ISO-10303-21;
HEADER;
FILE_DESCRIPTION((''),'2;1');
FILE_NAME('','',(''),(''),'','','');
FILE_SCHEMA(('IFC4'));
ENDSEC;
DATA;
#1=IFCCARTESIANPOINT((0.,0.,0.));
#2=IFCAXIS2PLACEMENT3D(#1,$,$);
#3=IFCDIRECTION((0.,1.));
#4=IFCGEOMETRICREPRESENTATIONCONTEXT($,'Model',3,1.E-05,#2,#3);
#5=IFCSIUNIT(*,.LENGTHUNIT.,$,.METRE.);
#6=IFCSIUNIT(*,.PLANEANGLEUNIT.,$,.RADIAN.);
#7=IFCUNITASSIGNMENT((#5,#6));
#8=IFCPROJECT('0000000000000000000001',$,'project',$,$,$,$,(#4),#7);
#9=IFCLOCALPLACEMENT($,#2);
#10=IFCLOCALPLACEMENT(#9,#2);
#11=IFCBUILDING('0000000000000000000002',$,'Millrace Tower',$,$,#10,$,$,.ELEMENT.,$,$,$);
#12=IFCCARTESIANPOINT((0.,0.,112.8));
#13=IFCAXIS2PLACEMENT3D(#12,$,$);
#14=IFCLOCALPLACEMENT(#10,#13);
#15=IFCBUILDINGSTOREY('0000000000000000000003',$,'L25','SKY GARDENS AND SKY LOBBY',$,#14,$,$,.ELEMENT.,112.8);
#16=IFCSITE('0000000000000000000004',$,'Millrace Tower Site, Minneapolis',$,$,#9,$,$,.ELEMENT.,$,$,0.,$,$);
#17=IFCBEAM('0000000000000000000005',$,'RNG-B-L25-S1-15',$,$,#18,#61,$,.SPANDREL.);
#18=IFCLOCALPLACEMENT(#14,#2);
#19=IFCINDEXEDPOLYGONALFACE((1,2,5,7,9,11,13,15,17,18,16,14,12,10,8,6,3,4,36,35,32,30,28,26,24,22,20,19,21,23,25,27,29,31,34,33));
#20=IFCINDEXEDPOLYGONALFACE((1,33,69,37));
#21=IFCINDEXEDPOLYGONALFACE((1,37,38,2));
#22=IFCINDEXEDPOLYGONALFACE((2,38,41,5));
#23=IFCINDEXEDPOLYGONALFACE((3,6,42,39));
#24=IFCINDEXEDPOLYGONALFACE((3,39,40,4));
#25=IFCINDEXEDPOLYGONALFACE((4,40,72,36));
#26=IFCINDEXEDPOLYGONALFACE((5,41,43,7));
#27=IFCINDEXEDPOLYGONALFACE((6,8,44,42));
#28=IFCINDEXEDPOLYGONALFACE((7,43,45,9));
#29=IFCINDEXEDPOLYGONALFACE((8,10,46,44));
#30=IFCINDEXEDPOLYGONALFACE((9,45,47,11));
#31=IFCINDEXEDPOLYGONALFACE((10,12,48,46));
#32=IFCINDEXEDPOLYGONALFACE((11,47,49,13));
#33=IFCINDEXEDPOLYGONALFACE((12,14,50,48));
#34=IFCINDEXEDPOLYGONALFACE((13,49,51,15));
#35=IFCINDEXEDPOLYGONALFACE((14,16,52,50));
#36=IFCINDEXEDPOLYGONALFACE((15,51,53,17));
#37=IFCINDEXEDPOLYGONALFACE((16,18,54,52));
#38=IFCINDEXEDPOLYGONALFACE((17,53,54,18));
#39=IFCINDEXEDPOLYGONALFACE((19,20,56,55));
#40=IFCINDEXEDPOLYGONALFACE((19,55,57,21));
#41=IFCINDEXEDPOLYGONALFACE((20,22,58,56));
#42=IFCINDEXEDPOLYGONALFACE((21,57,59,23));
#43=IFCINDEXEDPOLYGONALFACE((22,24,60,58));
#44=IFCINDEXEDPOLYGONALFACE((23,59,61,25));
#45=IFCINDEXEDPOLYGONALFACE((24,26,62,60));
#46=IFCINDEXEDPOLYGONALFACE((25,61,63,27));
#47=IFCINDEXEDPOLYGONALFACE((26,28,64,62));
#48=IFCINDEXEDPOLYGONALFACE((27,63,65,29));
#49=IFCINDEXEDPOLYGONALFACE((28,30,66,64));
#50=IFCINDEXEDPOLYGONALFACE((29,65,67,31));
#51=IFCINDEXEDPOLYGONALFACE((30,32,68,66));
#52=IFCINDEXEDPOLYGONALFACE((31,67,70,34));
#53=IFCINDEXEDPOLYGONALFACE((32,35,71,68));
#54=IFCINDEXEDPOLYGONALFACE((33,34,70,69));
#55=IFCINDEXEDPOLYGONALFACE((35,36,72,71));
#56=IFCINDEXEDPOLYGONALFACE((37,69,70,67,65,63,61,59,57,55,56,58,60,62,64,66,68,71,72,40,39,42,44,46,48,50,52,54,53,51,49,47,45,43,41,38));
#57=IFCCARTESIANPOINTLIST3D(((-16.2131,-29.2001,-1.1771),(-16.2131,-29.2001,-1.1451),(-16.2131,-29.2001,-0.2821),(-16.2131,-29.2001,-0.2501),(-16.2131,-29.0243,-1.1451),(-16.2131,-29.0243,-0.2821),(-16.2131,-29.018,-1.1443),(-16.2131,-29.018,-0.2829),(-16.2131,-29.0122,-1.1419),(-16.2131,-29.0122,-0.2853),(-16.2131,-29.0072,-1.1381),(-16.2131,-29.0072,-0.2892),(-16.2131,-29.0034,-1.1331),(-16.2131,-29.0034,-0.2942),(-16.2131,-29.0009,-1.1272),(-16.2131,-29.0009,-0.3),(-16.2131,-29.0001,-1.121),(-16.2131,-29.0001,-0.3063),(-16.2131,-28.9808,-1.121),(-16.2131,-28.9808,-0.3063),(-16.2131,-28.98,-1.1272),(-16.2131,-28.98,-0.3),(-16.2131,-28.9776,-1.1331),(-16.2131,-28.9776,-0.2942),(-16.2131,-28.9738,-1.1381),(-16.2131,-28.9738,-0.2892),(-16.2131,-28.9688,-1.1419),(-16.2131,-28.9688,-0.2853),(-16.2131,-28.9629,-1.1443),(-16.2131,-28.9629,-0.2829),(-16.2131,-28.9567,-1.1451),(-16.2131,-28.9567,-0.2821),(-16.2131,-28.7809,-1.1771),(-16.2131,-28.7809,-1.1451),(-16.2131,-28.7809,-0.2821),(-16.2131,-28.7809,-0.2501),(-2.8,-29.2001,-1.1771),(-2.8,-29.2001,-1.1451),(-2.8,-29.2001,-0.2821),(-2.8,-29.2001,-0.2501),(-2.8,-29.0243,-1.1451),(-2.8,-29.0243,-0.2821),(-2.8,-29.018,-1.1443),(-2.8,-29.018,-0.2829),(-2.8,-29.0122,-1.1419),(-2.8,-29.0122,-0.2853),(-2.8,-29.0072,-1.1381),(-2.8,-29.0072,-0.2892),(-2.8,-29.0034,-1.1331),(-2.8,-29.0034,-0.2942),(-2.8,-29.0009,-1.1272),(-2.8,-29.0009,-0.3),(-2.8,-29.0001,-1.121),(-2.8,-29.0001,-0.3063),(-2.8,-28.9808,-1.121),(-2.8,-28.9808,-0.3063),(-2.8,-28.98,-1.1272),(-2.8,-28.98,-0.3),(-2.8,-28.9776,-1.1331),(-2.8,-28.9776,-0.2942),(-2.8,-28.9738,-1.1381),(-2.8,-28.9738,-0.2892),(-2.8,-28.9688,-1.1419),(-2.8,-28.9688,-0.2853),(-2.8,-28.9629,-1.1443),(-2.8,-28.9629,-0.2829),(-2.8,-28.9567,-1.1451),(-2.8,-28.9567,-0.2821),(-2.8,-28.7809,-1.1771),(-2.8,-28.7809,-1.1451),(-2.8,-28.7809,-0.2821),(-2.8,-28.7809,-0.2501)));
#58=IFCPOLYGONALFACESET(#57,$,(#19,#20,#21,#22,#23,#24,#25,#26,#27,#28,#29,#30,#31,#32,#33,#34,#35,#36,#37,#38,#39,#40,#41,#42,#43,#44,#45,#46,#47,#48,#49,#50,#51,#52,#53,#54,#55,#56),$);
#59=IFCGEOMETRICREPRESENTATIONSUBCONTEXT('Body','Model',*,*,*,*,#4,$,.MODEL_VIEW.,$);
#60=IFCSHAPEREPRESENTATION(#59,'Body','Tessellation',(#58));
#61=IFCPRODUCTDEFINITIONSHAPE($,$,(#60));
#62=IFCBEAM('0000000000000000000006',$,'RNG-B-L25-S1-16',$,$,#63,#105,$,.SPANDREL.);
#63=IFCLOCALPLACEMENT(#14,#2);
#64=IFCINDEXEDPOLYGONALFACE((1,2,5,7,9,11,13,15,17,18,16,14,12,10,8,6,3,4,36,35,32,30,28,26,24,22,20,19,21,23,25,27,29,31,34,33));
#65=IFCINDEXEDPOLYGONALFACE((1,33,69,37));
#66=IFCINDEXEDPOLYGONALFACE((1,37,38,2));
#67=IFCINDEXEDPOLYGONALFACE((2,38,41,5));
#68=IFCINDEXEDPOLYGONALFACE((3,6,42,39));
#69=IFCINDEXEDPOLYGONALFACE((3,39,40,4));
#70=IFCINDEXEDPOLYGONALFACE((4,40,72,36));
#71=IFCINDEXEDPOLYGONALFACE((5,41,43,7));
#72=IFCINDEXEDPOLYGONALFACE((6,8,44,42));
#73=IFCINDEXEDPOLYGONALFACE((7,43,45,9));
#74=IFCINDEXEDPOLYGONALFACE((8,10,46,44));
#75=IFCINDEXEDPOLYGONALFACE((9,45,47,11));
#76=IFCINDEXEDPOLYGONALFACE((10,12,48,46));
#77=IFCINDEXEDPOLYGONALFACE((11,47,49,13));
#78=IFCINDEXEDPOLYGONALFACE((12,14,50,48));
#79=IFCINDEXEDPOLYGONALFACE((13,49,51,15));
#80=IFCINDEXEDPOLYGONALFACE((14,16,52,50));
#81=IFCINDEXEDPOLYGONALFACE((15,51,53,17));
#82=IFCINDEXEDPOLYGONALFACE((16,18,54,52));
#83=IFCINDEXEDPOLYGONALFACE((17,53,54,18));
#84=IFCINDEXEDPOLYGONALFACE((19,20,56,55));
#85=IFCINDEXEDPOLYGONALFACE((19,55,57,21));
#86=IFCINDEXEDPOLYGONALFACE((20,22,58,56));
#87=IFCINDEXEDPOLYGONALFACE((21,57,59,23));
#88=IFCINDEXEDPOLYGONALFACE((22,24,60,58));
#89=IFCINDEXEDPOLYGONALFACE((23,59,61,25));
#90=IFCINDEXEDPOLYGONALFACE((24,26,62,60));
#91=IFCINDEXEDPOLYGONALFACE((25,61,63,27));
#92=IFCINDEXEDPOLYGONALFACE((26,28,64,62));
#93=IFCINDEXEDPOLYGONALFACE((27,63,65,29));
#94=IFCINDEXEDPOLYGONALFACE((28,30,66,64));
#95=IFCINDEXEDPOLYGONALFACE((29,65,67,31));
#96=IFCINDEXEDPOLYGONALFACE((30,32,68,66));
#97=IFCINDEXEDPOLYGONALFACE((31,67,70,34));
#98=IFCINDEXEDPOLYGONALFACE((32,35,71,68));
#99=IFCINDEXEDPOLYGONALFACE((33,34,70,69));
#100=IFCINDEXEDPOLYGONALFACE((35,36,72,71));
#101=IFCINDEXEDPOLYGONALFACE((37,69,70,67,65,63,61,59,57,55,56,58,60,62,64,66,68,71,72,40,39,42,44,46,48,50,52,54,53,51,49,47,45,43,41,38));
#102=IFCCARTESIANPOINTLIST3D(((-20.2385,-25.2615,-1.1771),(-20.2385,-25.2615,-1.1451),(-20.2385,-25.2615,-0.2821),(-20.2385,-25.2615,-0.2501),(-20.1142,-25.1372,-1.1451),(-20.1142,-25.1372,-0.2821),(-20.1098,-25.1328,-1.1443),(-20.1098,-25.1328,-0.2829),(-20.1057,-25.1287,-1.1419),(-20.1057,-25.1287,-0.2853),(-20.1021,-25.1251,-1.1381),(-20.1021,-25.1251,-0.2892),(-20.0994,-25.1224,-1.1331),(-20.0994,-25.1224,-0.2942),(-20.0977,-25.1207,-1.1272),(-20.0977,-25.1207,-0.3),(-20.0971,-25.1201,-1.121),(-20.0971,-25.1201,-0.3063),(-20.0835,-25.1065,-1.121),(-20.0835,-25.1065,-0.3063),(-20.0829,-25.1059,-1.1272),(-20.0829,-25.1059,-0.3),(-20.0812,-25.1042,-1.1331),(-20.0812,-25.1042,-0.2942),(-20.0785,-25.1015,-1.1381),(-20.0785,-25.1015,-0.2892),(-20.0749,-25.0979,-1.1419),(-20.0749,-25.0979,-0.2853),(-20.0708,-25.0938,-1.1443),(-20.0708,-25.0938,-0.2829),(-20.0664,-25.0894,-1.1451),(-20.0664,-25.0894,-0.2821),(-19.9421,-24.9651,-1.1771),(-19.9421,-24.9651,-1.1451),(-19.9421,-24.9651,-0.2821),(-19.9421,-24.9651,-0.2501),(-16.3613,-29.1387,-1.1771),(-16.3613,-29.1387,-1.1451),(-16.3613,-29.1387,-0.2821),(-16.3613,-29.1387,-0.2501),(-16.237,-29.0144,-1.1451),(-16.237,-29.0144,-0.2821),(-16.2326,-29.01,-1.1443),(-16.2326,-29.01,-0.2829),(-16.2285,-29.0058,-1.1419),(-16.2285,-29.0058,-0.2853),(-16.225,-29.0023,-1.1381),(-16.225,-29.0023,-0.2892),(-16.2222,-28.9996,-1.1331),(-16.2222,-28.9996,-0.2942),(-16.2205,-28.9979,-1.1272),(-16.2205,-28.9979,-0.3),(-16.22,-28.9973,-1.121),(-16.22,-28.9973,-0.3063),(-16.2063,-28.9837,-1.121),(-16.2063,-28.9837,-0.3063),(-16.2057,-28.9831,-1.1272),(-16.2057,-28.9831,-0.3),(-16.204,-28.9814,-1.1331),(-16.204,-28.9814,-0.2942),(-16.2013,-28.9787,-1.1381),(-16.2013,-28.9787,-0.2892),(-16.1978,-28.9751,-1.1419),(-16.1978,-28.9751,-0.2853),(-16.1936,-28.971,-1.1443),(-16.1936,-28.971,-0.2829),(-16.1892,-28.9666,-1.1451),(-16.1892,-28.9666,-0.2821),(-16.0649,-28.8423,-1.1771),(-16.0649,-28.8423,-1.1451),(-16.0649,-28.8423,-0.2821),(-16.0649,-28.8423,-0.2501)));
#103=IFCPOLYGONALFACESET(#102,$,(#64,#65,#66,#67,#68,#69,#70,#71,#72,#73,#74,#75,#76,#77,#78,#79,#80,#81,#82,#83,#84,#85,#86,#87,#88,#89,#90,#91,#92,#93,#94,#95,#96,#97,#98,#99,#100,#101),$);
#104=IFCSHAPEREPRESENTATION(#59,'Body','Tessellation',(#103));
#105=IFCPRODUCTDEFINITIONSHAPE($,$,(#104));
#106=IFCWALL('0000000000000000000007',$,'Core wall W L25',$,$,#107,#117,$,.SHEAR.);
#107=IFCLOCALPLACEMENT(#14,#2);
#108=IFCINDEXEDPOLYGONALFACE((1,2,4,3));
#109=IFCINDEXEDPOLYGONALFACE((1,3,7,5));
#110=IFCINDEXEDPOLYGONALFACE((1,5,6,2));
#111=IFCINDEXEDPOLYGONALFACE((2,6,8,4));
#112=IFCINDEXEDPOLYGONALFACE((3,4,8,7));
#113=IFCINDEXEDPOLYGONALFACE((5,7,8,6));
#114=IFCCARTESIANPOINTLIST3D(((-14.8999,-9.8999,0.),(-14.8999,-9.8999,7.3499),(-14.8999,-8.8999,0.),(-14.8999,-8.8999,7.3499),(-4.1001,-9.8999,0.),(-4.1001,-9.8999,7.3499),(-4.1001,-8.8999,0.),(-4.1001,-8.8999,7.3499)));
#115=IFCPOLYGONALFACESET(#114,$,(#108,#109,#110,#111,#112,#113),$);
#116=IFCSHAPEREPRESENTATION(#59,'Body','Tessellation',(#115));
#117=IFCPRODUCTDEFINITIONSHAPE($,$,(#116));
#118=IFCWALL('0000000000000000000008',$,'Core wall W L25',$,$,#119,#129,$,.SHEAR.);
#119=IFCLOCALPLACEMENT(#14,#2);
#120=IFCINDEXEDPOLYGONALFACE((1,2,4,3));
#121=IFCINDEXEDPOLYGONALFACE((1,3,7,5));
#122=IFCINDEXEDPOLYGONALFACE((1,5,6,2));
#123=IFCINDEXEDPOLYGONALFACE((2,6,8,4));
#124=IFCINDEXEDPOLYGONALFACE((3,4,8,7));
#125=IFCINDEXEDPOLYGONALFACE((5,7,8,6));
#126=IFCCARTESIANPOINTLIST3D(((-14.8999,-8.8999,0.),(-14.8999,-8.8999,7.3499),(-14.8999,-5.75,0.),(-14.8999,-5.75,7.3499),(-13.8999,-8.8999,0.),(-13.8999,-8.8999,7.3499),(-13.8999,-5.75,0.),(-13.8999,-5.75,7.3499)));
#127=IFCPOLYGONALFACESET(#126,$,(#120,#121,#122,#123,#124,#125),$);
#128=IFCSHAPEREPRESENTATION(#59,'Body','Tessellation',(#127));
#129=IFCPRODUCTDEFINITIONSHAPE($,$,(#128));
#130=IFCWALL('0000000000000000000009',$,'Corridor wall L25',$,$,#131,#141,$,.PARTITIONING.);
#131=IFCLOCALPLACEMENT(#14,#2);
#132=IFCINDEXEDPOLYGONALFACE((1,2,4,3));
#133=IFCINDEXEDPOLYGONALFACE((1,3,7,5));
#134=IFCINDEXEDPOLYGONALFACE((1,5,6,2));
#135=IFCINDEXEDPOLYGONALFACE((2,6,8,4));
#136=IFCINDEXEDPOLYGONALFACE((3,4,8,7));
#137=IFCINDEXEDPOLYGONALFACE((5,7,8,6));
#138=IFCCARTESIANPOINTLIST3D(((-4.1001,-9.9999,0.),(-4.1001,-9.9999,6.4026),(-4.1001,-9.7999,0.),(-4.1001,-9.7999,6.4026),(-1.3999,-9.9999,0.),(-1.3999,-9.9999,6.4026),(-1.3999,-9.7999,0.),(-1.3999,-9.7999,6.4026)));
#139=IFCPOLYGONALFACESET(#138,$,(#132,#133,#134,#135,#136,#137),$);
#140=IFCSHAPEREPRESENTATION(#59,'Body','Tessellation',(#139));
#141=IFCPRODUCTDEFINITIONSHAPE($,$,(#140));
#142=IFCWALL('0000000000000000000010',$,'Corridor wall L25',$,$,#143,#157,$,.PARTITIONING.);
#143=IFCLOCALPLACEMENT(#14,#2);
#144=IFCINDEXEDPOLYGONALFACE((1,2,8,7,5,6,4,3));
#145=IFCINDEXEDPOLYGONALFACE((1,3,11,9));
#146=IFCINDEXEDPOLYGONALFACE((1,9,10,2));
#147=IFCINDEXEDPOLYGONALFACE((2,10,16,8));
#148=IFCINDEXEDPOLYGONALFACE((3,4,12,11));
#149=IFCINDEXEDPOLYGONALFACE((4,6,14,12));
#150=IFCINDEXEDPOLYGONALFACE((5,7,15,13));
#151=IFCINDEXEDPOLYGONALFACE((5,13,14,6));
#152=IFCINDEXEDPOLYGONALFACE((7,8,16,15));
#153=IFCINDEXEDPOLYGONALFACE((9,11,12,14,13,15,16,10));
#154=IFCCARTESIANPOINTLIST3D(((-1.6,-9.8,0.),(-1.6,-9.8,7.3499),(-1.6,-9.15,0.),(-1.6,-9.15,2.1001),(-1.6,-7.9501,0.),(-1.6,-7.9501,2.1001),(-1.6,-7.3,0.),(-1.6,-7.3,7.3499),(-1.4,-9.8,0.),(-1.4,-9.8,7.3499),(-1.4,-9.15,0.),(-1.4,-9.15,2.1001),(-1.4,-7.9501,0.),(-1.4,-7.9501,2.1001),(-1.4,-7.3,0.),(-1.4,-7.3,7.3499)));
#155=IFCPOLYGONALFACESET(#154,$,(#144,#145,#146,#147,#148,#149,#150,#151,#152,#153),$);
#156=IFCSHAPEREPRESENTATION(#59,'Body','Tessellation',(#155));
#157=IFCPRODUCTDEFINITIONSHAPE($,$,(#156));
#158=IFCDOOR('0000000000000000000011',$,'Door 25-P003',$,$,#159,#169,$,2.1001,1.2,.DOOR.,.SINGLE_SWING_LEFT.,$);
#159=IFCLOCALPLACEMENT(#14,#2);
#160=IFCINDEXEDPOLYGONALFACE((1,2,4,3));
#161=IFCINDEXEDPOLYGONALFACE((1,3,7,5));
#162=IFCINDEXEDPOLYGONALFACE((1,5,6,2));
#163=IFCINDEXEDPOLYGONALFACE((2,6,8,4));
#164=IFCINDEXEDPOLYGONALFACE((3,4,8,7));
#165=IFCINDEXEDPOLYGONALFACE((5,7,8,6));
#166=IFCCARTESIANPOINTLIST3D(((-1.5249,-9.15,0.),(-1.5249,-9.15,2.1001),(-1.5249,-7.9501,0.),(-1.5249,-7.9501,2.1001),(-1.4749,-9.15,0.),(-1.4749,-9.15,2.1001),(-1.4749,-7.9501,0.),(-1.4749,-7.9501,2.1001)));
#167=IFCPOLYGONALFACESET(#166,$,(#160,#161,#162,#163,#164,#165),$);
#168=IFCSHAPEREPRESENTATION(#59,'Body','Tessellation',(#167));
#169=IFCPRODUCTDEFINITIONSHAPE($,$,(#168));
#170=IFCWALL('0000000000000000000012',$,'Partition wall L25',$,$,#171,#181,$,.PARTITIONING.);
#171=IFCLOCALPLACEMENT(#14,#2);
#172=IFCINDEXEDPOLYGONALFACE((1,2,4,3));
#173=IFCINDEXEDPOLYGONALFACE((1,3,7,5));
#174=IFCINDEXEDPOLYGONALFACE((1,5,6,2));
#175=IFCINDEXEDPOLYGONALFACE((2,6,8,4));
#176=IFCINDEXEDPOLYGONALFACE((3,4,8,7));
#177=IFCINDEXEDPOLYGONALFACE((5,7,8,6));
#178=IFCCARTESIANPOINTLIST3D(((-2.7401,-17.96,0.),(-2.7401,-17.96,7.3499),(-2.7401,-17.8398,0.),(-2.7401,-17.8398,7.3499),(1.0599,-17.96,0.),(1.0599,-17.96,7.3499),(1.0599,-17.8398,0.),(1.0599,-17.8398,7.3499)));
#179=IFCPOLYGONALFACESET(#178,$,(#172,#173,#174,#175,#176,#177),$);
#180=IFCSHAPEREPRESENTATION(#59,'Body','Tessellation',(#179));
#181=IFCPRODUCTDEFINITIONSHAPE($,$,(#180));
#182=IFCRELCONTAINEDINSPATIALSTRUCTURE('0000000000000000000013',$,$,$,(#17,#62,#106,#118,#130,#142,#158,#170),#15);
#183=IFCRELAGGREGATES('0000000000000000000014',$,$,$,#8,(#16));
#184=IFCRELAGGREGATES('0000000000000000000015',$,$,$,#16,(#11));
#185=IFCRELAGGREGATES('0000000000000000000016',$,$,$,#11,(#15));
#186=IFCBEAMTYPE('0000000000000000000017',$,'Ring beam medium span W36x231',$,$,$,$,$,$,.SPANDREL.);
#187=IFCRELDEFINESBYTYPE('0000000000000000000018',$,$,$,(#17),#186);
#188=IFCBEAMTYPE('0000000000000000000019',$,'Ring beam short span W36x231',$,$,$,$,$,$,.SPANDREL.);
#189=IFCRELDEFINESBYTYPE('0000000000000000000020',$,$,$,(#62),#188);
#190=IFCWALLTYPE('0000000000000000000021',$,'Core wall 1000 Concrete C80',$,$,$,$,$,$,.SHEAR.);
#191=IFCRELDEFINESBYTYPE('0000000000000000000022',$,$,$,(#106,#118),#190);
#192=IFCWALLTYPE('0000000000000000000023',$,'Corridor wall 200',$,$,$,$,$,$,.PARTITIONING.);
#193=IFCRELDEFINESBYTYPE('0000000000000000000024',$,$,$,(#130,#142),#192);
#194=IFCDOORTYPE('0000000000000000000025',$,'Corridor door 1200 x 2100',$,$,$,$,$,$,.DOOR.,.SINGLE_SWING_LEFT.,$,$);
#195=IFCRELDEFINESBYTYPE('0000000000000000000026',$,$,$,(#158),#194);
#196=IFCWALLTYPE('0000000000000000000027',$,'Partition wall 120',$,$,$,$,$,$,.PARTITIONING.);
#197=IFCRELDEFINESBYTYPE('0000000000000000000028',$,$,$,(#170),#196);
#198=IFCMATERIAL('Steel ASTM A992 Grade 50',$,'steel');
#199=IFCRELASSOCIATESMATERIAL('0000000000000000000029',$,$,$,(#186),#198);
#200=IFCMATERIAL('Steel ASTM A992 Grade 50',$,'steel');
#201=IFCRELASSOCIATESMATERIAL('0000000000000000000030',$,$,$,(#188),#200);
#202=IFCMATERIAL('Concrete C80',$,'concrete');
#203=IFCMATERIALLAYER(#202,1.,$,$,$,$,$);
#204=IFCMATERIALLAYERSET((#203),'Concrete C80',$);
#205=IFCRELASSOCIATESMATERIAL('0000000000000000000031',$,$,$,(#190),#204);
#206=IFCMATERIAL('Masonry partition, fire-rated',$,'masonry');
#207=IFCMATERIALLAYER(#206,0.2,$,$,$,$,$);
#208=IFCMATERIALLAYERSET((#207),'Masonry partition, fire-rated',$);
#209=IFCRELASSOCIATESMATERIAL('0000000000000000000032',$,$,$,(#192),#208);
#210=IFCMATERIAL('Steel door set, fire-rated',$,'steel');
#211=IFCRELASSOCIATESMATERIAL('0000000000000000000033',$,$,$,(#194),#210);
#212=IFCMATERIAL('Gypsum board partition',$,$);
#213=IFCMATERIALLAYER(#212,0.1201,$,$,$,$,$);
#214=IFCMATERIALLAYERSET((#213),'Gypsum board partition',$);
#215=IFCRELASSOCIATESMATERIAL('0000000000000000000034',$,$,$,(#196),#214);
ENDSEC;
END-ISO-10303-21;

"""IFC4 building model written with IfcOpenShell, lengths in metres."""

from ifc_helpers import new_model, si_unit, direction, frame, frame_2d, origin, origin_2d, place, context, subcontext, project, spatial, rectangle, i_section, extrude, material, layer, layer_set, material_profile, profile_set, type_object, element, fill, save


model = new_model("IFC4")

# Units and contexts
model_context = context("Model", 3, precision=1e-05, world=origin(), true_north=direction((0.0, 1.0)))
body_context = subcontext(model_context, "Body", "Model", "MODEL_VIEW")
ifc_project = project(units=[si_unit("LENGTHUNIT", "METRE"), si_unit("PLANEANGLEUNIT", "RADIAN")], contexts=[model_context])

# Site, building, storey
site_placement = place(None, origin())
site = spatial("IfcSite", under=ifc_project, at=site_placement, Name="Millrace Tower Site, Minneapolis", CompositionType="ELEMENT", RefElevation=0.0)
building_placement = place(site_placement, origin())
building = spatial("IfcBuilding", under=site, at=building_placement, Name="Millrace Tower", CompositionType="ELEMENT")
storey_placement = place(building_placement, frame((0.0, 0.0, 112.8)))
storey = spatial("IfcBuildingStorey", under=building, at=storey_placement, Name="L25", Description="SKY GARDENS AND SKY LOBBY", CompositionType="ELEMENT", Elevation=112.8)

# Beams
ifc_material_1 = material(Name="Steel ASTM A992 Grade 50", Category="steel")
ifc_material_profile_1 = material_profile(ifc_material_1, i_section(OverallWidth=0.4192, OverallDepth=0.927, WebThickness=0.0193, FlangeThickness=0.032, FilletRadius=0.0242, at=origin_2d()))
ifc_profile_set_1 = profile_set([ifc_material_profile_1], Name="Steel ASTM A992 Grade 50")
beam_type_1 = type_object("IfcBeamType", Name="Ring beam medium span W36x231", PredefinedType="SPANDREL", material=ifc_profile_set_1)
beam_1_placement = place(storey_placement, frame((-2.8, -28.9905, -0.7136), z_axis=(-1.0, 0.0, 0.0), x_axis=(0.0, -1.0, 0.0)))
element("IfcBeam", 1, at=beam_1_placement, inside=storey, type_object=beam_type_1, Name="RNG-B-L25-S1-15", PredefinedType="SPANDREL", context=body_context, shape_type="SweptSolid", body=[
    extrude(i_section(OverallWidth=0.4192, OverallDepth=0.927, WebThickness=0.0193, FlangeThickness=0.032, FilletRadius=0.0242, at=origin_2d()), origin(), (0.0, 0.0, 1.0), 13.4131),
])
ifc_material_2 = material(Name="Steel ASTM A992 Grade 50", Category="steel")
ifc_material_profile_2 = material_profile(ifc_material_2, i_section(OverallWidth=0.4192, OverallDepth=0.927, WebThickness=0.0193, FlangeThickness=0.032, FilletRadius=0.0242, at=origin_2d()))
ifc_profile_set_2 = profile_set([ifc_material_profile_2], Name="Steel ASTM A992 Grade 50")
beam_type_2 = type_object("IfcBeamType", Name="Ring beam short span W36x231", PredefinedType="SPANDREL", material=ifc_profile_set_2)
beam_2_placement = place(storey_placement, frame((-16.2131, -28.9905, -0.7136), z_axis=(-0.707107, 0.707107, 0.0), x_axis=(-0.707107, -0.707107, 0.0)))
element("IfcBeam", 2, at=beam_2_placement, inside=storey, type_object=beam_type_2, Name="RNG-B-L25-S1-16", PredefinedType="SPANDREL", context=body_context, shape_type="SweptSolid", body=[
    extrude(i_section(OverallWidth=0.4192, OverallDepth=0.927, WebThickness=0.0193, FlangeThickness=0.032, FilletRadius=0.0242, at=origin_2d()), origin(), (0.0, 0.0, 1.0), 5.4832),
])

# Walls
ifc_material_3 = material(Name="Concrete C80", Category="concrete")
ifc_layer_1 = layer(ifc_material_3, 1.0)
ifc_layer_set_1 = layer_set([ifc_layer_1], Name="Concrete C80")
wall_type_1 = type_object("IfcWallType", Name="Core wall 1000 Concrete C80", PredefinedType="SHEAR", material=ifc_layer_set_1)
wall_1_placement = place(storey_placement, frame((-14.8999, -9.3999, 0.0), z_axis=(0.0, 0.0, 1.0), x_axis=(1.0, 0.0, 0.0)))
element("IfcWall", 3, at=wall_1_placement, inside=storey, type_object=wall_type_1, Name="Core wall W L25", PredefinedType="SHEAR", context=body_context, shape_type="SweptSolid", body=[
    extrude(rectangle(XDim=10.7998, YDim=1.0, at=frame_2d((5.3999, 0.0))), origin(), (0.0, 0.0, 1.0), 7.3499),
])
wall_2_placement = place(storey_placement, frame((-14.3999, -8.8999, 0.0), z_axis=(0.0, 0.0, 1.0), x_axis=(0.0, 1.0, 0.0)))
element("IfcWall", 4, at=wall_2_placement, inside=storey, type_object=wall_type_1, Name="Core wall W L25", PredefinedType="SHEAR", context=body_context, shape_type="SweptSolid", body=[
    extrude(rectangle(XDim=3.1499, YDim=1.0, at=frame_2d((1.575, 0.0))), origin(), (0.0, 0.0, 1.0), 7.3499),
])
ifc_material_4 = material(Name="Masonry partition, fire-rated", Category="masonry")
ifc_layer_2 = layer(ifc_material_4, 0.2)
ifc_layer_set_2 = layer_set([ifc_layer_2], Name="Masonry partition, fire-rated")
wall_type_2 = type_object("IfcWallType", Name="Corridor wall 200", PredefinedType="PARTITIONING", material=ifc_layer_set_2)
wall_3_placement = place(storey_placement, frame((-4.1001, -9.8999, 0.0), z_axis=(0.0, 0.0, 1.0), x_axis=(1.0, 0.0, 0.0)))
element("IfcWall", 5, at=wall_3_placement, inside=storey, type_object=wall_type_2, Name="Corridor wall L25", PredefinedType="PARTITIONING", context=body_context, shape_type="SweptSolid", body=[
    extrude(rectangle(XDim=2.7002, YDim=0.2, at=frame_2d((1.3501, 0.0))), origin(), (0.0, 0.0, 1.0), 6.4026),
])

# Wall, opening, door
wall_4_placement = place(storey_placement, frame((-1.5, -9.8, 0.0), z_axis=(0.0, 0.0, 1.0), x_axis=(0.0, 1.0, 0.0)))
wall_4 = element("IfcWall", 6, at=wall_4_placement, inside=storey, type_object=wall_type_2, Name="Corridor wall L25", PredefinedType="PARTITIONING", context=body_context, shape_type="SweptSolid", body=[
    extrude(rectangle(XDim=2.5, YDim=0.2, at=frame_2d((1.25, 0.0))), origin(), (0.0, 0.0, 1.0), 7.3499),
])
opening_placement = place(wall_4_placement, frame((0.6499, 0.0, 0.0)))
opening = element("IfcOpeningElement", 7, at=opening_placement, cuts=wall_4, PredefinedType="OPENING", context=body_context, shape_type="SweptSolid", body=[
    extrude(rectangle(XDim=1.2, YDim=2.1001, at=frame_2d((0.6001, 1.05))), frame((0.0, 0.1099, 0.0), z_axis=(0.0, -1.0, 0.0), x_axis=(1.0, 0.0, 0.0)), (0.0, 0.0, 1.0), 0.22),
])
ifc_material_5 = material(Name="Steel door set, fire-rated", Category="steel")
door_type = type_object("IfcDoorType", Name="Corridor door 1200 x 2100", OperationType="SINGLE_SWING_LEFT", PredefinedType="DOOR", material=ifc_material_5)
door_placement = place(opening_placement, origin())
door = element("IfcDoor", 8, at=door_placement, inside=storey, type_object=door_type, Name="Door 25-P003", OperationType="SINGLE_SWING_LEFT", OverallHeight=2.1001, OverallWidth=1.2, PredefinedType="DOOR", context=body_context, shape_type="SweptSolid", body=[
    extrude(rectangle(XDim=1.2, YDim=2.1001, at=frame_2d((0.6001, 1.05))), frame((0.0, 0.0249, 0.0), z_axis=(0.0, -1.0, 0.0), x_axis=(1.0, 0.0, 0.0)), (0.0, 0.0, 1.0), 0.05),
])
fill(opening, door)

# Wall
ifc_material_6 = material(Name="Gypsum board partition")
ifc_layer_3 = layer(ifc_material_6, 0.1201)
ifc_layer_set_3 = layer_set([ifc_layer_3], Name="Gypsum board partition")
wall_type_3 = type_object("IfcWallType", Name="Partition wall 120", PredefinedType="PARTITIONING", material=ifc_layer_set_3)
wall_5_placement = place(storey_placement, frame((-2.74, -17.8999, 0.0), z_axis=(0.0, 0.0, 1.0), x_axis=(1.0, 0.0, 0.0)))
element("IfcWall", 9, at=wall_5_placement, inside=storey, type_object=wall_type_3, Name="Partition wall L25", PredefinedType="PARTITIONING", context=body_context, shape_type="SweptSolid", body=[
    extrude(rectangle(XDim=3.8, YDim=0.1201, at=frame_2d((1.8999, 0.0))), origin(), (0.0, 0.0, 1.0), 7.3499),
])

save(model, "model.ifc")
